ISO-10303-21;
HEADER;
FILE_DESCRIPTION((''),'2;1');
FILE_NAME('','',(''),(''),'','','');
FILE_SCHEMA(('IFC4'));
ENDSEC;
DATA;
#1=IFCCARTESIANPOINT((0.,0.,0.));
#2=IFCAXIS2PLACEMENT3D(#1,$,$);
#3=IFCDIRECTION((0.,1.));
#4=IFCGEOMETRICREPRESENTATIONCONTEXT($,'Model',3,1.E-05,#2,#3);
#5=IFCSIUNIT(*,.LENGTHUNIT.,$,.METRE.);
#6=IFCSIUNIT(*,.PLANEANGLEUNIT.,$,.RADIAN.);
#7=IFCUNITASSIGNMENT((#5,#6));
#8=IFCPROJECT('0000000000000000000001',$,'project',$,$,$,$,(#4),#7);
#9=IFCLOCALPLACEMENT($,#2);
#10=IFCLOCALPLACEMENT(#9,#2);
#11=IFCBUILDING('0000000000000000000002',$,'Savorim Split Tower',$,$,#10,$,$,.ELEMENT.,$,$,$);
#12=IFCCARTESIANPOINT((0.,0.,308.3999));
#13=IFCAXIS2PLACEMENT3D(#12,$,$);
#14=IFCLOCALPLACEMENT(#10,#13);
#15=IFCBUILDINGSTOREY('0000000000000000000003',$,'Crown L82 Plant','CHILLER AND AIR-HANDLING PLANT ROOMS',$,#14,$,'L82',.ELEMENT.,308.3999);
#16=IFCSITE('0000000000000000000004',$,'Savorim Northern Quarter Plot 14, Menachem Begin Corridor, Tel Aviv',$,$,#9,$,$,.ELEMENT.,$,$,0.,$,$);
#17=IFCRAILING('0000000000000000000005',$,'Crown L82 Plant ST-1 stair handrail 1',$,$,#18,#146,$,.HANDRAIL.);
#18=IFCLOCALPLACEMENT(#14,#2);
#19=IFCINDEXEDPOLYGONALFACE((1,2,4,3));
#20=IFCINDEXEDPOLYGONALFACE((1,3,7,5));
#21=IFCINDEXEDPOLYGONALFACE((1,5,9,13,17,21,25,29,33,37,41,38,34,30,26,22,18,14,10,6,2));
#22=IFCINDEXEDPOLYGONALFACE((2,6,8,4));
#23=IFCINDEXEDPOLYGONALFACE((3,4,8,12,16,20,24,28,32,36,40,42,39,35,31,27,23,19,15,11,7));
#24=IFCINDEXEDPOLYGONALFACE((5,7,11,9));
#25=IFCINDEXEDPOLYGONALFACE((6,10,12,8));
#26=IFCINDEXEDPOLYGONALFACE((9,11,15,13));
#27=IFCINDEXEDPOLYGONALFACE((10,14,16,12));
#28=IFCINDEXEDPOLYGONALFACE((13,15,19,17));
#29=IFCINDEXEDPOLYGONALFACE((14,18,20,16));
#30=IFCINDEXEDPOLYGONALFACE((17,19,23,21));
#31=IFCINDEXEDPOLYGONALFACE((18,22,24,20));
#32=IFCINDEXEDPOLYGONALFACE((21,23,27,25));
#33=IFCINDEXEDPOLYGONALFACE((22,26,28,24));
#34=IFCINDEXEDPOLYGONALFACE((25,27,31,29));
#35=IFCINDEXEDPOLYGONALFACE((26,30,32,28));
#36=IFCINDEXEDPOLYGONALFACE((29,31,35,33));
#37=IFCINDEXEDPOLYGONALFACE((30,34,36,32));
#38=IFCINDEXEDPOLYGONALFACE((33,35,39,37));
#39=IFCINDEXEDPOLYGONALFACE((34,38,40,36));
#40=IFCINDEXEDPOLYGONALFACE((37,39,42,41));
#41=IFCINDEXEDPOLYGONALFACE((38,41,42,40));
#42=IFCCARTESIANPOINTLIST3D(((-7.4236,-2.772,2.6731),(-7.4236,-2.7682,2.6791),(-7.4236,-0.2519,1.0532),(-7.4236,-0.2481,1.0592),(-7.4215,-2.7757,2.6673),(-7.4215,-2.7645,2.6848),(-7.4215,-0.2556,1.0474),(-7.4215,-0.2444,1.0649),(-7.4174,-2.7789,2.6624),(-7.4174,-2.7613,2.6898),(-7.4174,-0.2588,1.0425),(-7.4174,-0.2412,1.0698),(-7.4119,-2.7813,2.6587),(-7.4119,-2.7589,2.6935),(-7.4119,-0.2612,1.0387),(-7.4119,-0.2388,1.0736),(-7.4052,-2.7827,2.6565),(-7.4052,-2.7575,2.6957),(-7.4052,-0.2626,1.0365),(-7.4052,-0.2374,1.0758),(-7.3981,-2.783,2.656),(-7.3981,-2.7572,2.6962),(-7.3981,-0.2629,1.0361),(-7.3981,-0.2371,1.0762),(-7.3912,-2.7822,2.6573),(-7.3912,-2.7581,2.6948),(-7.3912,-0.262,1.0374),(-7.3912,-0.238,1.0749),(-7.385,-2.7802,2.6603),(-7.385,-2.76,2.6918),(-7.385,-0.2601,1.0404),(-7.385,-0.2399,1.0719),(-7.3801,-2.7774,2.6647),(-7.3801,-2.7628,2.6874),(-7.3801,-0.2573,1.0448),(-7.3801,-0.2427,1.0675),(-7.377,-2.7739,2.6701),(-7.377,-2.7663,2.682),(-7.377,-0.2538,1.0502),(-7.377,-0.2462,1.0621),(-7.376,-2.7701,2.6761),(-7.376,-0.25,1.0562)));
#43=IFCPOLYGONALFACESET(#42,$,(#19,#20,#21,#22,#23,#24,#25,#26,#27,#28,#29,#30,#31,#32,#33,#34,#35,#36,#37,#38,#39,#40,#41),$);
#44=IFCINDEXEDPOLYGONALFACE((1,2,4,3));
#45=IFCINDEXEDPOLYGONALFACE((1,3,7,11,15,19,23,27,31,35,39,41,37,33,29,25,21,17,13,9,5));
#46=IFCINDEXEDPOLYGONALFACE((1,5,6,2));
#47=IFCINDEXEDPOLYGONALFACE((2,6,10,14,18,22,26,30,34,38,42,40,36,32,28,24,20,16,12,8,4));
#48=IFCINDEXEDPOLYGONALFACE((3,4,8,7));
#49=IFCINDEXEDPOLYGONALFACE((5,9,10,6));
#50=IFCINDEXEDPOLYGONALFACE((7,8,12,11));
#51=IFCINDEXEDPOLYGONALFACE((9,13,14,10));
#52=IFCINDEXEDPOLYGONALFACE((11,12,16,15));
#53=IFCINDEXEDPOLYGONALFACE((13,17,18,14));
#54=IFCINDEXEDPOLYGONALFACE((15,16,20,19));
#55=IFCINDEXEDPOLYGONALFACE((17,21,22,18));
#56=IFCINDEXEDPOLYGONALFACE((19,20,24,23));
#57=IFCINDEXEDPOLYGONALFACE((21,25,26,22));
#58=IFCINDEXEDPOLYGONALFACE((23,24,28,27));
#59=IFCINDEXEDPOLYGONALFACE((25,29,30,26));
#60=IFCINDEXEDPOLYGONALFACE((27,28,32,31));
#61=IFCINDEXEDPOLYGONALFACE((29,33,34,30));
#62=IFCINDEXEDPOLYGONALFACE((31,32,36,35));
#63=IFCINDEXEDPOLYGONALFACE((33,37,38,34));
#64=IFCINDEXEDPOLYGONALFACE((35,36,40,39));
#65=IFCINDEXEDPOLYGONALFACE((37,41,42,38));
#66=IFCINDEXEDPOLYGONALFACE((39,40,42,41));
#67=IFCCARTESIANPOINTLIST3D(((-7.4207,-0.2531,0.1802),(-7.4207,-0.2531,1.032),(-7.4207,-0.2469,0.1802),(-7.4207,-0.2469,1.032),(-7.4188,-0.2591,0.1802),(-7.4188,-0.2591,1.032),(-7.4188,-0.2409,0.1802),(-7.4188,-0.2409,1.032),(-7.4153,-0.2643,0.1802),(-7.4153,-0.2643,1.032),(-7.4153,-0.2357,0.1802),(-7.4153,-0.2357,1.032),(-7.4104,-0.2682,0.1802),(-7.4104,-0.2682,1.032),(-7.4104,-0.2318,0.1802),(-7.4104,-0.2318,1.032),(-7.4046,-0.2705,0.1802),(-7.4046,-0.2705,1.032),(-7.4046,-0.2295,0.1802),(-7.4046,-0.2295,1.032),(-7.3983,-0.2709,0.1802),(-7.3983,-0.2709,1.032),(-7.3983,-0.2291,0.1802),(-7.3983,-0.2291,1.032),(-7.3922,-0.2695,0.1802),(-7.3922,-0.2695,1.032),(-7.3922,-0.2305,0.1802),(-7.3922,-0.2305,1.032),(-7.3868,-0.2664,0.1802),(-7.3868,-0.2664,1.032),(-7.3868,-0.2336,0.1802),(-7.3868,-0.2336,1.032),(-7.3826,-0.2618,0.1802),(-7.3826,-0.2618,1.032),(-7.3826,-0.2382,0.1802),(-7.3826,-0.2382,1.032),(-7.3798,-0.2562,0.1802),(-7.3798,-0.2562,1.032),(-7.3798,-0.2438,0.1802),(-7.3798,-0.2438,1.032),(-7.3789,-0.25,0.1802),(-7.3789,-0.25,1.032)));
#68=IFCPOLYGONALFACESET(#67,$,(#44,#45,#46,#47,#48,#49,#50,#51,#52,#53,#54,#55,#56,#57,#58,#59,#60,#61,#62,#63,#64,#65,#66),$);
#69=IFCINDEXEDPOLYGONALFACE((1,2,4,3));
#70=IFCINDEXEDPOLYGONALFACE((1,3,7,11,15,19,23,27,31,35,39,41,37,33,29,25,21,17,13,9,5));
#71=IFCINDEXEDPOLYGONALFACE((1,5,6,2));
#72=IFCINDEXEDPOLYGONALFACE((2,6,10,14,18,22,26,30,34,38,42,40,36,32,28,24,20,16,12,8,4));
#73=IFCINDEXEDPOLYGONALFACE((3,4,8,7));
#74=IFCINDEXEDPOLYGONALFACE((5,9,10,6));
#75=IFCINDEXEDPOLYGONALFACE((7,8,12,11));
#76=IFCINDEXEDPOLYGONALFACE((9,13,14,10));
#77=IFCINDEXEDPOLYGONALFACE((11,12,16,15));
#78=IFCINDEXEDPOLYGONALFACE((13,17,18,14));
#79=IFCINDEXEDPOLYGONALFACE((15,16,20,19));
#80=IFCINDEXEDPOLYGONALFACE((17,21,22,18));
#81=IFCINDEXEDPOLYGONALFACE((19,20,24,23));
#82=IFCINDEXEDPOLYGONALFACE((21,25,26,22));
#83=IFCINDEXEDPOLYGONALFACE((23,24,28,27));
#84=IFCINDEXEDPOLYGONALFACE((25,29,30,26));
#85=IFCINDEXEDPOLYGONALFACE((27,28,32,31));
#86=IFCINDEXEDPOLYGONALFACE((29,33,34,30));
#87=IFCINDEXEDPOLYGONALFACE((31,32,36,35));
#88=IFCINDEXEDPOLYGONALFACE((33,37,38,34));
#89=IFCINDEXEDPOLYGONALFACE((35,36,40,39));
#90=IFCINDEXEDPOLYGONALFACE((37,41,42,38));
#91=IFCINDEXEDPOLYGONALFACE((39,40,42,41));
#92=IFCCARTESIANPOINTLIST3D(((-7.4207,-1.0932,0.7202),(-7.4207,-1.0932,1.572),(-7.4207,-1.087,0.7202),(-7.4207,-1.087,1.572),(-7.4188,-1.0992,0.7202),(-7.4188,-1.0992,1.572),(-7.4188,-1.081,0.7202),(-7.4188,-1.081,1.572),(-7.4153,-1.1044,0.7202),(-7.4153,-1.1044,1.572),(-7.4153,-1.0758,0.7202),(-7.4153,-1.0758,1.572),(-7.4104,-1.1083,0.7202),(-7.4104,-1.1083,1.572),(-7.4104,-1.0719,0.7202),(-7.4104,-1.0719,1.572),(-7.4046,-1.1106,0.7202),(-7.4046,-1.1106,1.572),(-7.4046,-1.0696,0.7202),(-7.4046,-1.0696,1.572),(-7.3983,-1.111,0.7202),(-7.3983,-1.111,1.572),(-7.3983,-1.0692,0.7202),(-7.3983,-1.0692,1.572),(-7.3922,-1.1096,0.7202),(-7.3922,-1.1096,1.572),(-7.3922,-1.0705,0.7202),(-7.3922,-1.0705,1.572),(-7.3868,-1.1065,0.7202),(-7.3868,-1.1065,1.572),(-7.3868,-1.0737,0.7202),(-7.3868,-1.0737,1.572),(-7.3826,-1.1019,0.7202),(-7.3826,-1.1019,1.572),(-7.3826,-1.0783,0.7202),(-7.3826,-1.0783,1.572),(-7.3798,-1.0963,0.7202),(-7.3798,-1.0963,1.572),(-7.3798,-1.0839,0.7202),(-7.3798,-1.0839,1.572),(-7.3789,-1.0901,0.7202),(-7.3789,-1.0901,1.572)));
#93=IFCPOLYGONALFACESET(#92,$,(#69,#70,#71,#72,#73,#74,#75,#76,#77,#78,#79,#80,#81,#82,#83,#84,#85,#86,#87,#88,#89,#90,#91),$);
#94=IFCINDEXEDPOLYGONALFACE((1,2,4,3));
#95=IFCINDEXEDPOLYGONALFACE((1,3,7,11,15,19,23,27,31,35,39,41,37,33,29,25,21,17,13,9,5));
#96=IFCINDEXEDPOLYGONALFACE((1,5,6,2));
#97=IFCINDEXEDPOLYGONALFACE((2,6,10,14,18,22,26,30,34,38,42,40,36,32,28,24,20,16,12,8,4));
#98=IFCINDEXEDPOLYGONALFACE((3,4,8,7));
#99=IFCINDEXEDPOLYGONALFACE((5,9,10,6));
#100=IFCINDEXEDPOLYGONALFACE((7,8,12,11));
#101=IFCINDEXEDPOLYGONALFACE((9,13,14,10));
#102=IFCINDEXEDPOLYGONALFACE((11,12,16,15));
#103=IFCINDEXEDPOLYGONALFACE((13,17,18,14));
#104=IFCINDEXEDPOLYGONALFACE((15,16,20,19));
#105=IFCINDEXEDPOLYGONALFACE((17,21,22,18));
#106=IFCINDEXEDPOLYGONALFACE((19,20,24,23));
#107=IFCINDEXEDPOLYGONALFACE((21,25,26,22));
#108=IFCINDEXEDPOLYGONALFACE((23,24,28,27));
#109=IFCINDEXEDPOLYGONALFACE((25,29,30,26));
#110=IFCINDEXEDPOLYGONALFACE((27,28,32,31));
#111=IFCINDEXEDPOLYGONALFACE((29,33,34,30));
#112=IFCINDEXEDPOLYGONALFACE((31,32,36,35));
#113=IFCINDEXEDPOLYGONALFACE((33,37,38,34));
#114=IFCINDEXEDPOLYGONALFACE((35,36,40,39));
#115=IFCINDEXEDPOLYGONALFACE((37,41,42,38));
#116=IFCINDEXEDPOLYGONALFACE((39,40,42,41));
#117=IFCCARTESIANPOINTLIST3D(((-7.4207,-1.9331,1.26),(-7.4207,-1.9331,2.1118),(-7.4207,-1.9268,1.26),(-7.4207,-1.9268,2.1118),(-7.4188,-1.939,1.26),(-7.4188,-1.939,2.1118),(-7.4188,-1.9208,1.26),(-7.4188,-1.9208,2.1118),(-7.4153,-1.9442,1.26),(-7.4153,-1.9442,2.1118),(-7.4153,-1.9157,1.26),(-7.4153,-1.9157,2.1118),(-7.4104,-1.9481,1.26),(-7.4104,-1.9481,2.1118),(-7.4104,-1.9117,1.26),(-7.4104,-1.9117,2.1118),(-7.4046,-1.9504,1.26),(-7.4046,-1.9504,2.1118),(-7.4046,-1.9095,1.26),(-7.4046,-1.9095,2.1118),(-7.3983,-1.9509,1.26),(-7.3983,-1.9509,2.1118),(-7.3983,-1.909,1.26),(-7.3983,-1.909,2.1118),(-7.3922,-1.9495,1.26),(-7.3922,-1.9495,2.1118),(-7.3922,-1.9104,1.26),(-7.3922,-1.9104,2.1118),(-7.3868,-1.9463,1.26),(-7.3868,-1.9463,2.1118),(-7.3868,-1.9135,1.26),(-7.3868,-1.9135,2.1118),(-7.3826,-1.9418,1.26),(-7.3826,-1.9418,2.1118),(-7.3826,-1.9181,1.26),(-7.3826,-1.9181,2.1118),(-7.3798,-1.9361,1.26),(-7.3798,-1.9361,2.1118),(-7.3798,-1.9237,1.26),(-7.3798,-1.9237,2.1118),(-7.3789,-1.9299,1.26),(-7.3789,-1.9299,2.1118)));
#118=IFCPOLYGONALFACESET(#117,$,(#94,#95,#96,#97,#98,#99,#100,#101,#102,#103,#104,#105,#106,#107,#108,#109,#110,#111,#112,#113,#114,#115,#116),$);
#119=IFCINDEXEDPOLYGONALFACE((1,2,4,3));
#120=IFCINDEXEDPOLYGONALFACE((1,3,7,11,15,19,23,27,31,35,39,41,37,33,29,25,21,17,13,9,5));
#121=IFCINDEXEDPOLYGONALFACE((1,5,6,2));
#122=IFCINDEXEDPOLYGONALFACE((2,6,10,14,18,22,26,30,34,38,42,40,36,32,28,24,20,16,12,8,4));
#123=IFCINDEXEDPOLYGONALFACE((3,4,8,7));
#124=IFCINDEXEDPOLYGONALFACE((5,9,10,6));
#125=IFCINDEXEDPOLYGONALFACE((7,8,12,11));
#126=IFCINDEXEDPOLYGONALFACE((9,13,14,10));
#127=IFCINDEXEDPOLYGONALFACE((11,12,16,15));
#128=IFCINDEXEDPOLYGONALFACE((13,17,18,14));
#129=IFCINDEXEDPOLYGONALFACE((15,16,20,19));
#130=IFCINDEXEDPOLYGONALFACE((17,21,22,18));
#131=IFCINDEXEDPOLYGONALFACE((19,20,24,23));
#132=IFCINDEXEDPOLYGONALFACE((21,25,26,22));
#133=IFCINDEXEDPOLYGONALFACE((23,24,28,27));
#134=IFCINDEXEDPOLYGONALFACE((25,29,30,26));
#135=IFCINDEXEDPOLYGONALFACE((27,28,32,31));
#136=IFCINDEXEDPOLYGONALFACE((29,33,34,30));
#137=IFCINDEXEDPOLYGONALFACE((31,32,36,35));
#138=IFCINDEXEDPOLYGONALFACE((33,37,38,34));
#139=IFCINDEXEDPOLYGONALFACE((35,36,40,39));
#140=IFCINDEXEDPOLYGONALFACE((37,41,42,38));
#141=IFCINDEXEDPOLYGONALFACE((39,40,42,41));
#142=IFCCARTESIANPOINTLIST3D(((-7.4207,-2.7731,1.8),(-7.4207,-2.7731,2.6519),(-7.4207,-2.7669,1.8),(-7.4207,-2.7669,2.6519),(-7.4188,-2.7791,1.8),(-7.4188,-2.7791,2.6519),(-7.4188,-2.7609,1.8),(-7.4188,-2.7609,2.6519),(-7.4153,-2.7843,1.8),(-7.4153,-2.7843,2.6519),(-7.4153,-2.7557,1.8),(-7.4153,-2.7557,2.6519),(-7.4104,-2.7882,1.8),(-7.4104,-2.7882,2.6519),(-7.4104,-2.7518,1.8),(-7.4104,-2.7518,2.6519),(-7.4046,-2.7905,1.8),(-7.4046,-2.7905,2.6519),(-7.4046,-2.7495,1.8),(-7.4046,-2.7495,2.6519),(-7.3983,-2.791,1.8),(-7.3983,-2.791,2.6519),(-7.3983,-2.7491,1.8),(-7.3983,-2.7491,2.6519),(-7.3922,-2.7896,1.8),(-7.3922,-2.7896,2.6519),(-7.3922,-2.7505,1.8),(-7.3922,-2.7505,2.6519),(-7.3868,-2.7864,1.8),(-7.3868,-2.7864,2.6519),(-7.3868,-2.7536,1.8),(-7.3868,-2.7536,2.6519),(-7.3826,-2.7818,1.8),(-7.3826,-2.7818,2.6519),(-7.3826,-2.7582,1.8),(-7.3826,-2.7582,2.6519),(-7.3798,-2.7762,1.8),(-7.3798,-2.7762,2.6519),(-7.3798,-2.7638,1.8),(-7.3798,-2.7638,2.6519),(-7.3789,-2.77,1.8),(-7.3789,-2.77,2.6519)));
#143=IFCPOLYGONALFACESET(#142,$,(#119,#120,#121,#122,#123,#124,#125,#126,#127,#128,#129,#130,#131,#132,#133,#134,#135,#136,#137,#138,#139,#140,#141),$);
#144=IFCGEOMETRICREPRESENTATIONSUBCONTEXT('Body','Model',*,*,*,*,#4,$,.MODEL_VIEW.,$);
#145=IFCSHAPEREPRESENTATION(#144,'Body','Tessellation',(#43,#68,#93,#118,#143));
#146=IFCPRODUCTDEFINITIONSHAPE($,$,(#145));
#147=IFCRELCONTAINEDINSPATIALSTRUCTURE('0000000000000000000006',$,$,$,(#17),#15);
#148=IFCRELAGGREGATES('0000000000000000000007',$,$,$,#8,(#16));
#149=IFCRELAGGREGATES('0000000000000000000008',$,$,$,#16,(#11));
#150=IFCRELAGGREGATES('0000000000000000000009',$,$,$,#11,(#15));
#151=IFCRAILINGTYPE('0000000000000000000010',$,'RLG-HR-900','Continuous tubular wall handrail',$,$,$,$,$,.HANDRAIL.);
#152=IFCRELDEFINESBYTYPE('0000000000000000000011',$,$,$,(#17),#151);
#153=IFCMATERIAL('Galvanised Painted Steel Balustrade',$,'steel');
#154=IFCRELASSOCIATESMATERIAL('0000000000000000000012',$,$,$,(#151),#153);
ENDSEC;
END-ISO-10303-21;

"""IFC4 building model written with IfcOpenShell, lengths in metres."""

from ifc_helpers import new_model, si_unit, direction, frame, origin, origin_2d, place, context, subcontext, project, spatial, circle, extrude, material, type_object, element, save


model = new_model("IFC4")

# Units and contexts
model_context = context("Model", 3, precision=1e-05, world=origin(), true_north=direction((0.0, 1.0)))
body_context = subcontext(model_context, "Body", "Model", "MODEL_VIEW")
ifc_project = project(units=[si_unit("LENGTHUNIT", "METRE"), si_unit("PLANEANGLEUNIT", "RADIAN")], contexts=[model_context])

# Site, building, storey
site_placement = place(None, origin())
site = spatial("IfcSite", under=ifc_project, at=site_placement, Name="Savorim Northern Quarter Plot 14, Menachem Begin Corridor, Tel Aviv", CompositionType="ELEMENT", RefElevation=0.0)
building_placement = place(site_placement, origin())
building = spatial("IfcBuilding", under=site, at=building_placement, Name="Savorim Split Tower", CompositionType="ELEMENT")
storey_placement = place(building_placement, frame((0.0, 0.0, 308.3999)))
storey = spatial("IfcBuildingStorey", under=building, at=storey_placement, Name="Crown L82 Plant", Description="CHILLER AND AIR-HANDLING PLANT ROOMS", LongName="L82", CompositionType="ELEMENT", Elevation=308.3999)

# Railing
ifc_material_1 = material(Name="Galvanised Painted Steel Balustrade", Category="steel")
railing_type_1 = type_object("IfcRailingType", Name="RLG-HR-900", Description="Continuous tubular wall handrail", PredefinedType="HANDRAIL", material=ifc_material_1)
railing_1_placement = place(storey_placement, frame((-7.3999, -0.25, 0.1802)))
element("IfcRailing", 1, at=railing_1_placement, inside=storey, type_object=railing_type_1, Name="Crown L82 Plant ST-1 stair handrail 1", PredefinedType="HANDRAIL", context=body_context, shape_type="SweptSolid", body=[
    extrude(circle(Radius=0.0239, at=origin_2d()), frame((0.0, 0.0, 0.876), z_axis=(0.0, -0.8412, 0.540725), x_axis=(1.0, 0.0, 0.0)), (0.0, 0.0, 1.0), 2.9958),
    extrude(circle(Radius=0.021, at=origin_2d()), origin(), (0.0, 0.0, 1.0), 0.8518),
    extrude(circle(Radius=0.021, at=origin_2d()), frame((0.0, -0.8401, 0.54)), (0.0, 0.0, 1.0), 0.8518),
    extrude(circle(Radius=0.021, at=origin_2d()), frame((0.0, -1.6799, 1.0798)), (0.0, 0.0, 1.0), 0.8518),
    extrude(circle(Radius=0.021, at=origin_2d()), frame((0.0, -2.52, 1.6199)), (0.0, 0.0, 1.0), 0.8518),
])

save(model, "model.ifc")
